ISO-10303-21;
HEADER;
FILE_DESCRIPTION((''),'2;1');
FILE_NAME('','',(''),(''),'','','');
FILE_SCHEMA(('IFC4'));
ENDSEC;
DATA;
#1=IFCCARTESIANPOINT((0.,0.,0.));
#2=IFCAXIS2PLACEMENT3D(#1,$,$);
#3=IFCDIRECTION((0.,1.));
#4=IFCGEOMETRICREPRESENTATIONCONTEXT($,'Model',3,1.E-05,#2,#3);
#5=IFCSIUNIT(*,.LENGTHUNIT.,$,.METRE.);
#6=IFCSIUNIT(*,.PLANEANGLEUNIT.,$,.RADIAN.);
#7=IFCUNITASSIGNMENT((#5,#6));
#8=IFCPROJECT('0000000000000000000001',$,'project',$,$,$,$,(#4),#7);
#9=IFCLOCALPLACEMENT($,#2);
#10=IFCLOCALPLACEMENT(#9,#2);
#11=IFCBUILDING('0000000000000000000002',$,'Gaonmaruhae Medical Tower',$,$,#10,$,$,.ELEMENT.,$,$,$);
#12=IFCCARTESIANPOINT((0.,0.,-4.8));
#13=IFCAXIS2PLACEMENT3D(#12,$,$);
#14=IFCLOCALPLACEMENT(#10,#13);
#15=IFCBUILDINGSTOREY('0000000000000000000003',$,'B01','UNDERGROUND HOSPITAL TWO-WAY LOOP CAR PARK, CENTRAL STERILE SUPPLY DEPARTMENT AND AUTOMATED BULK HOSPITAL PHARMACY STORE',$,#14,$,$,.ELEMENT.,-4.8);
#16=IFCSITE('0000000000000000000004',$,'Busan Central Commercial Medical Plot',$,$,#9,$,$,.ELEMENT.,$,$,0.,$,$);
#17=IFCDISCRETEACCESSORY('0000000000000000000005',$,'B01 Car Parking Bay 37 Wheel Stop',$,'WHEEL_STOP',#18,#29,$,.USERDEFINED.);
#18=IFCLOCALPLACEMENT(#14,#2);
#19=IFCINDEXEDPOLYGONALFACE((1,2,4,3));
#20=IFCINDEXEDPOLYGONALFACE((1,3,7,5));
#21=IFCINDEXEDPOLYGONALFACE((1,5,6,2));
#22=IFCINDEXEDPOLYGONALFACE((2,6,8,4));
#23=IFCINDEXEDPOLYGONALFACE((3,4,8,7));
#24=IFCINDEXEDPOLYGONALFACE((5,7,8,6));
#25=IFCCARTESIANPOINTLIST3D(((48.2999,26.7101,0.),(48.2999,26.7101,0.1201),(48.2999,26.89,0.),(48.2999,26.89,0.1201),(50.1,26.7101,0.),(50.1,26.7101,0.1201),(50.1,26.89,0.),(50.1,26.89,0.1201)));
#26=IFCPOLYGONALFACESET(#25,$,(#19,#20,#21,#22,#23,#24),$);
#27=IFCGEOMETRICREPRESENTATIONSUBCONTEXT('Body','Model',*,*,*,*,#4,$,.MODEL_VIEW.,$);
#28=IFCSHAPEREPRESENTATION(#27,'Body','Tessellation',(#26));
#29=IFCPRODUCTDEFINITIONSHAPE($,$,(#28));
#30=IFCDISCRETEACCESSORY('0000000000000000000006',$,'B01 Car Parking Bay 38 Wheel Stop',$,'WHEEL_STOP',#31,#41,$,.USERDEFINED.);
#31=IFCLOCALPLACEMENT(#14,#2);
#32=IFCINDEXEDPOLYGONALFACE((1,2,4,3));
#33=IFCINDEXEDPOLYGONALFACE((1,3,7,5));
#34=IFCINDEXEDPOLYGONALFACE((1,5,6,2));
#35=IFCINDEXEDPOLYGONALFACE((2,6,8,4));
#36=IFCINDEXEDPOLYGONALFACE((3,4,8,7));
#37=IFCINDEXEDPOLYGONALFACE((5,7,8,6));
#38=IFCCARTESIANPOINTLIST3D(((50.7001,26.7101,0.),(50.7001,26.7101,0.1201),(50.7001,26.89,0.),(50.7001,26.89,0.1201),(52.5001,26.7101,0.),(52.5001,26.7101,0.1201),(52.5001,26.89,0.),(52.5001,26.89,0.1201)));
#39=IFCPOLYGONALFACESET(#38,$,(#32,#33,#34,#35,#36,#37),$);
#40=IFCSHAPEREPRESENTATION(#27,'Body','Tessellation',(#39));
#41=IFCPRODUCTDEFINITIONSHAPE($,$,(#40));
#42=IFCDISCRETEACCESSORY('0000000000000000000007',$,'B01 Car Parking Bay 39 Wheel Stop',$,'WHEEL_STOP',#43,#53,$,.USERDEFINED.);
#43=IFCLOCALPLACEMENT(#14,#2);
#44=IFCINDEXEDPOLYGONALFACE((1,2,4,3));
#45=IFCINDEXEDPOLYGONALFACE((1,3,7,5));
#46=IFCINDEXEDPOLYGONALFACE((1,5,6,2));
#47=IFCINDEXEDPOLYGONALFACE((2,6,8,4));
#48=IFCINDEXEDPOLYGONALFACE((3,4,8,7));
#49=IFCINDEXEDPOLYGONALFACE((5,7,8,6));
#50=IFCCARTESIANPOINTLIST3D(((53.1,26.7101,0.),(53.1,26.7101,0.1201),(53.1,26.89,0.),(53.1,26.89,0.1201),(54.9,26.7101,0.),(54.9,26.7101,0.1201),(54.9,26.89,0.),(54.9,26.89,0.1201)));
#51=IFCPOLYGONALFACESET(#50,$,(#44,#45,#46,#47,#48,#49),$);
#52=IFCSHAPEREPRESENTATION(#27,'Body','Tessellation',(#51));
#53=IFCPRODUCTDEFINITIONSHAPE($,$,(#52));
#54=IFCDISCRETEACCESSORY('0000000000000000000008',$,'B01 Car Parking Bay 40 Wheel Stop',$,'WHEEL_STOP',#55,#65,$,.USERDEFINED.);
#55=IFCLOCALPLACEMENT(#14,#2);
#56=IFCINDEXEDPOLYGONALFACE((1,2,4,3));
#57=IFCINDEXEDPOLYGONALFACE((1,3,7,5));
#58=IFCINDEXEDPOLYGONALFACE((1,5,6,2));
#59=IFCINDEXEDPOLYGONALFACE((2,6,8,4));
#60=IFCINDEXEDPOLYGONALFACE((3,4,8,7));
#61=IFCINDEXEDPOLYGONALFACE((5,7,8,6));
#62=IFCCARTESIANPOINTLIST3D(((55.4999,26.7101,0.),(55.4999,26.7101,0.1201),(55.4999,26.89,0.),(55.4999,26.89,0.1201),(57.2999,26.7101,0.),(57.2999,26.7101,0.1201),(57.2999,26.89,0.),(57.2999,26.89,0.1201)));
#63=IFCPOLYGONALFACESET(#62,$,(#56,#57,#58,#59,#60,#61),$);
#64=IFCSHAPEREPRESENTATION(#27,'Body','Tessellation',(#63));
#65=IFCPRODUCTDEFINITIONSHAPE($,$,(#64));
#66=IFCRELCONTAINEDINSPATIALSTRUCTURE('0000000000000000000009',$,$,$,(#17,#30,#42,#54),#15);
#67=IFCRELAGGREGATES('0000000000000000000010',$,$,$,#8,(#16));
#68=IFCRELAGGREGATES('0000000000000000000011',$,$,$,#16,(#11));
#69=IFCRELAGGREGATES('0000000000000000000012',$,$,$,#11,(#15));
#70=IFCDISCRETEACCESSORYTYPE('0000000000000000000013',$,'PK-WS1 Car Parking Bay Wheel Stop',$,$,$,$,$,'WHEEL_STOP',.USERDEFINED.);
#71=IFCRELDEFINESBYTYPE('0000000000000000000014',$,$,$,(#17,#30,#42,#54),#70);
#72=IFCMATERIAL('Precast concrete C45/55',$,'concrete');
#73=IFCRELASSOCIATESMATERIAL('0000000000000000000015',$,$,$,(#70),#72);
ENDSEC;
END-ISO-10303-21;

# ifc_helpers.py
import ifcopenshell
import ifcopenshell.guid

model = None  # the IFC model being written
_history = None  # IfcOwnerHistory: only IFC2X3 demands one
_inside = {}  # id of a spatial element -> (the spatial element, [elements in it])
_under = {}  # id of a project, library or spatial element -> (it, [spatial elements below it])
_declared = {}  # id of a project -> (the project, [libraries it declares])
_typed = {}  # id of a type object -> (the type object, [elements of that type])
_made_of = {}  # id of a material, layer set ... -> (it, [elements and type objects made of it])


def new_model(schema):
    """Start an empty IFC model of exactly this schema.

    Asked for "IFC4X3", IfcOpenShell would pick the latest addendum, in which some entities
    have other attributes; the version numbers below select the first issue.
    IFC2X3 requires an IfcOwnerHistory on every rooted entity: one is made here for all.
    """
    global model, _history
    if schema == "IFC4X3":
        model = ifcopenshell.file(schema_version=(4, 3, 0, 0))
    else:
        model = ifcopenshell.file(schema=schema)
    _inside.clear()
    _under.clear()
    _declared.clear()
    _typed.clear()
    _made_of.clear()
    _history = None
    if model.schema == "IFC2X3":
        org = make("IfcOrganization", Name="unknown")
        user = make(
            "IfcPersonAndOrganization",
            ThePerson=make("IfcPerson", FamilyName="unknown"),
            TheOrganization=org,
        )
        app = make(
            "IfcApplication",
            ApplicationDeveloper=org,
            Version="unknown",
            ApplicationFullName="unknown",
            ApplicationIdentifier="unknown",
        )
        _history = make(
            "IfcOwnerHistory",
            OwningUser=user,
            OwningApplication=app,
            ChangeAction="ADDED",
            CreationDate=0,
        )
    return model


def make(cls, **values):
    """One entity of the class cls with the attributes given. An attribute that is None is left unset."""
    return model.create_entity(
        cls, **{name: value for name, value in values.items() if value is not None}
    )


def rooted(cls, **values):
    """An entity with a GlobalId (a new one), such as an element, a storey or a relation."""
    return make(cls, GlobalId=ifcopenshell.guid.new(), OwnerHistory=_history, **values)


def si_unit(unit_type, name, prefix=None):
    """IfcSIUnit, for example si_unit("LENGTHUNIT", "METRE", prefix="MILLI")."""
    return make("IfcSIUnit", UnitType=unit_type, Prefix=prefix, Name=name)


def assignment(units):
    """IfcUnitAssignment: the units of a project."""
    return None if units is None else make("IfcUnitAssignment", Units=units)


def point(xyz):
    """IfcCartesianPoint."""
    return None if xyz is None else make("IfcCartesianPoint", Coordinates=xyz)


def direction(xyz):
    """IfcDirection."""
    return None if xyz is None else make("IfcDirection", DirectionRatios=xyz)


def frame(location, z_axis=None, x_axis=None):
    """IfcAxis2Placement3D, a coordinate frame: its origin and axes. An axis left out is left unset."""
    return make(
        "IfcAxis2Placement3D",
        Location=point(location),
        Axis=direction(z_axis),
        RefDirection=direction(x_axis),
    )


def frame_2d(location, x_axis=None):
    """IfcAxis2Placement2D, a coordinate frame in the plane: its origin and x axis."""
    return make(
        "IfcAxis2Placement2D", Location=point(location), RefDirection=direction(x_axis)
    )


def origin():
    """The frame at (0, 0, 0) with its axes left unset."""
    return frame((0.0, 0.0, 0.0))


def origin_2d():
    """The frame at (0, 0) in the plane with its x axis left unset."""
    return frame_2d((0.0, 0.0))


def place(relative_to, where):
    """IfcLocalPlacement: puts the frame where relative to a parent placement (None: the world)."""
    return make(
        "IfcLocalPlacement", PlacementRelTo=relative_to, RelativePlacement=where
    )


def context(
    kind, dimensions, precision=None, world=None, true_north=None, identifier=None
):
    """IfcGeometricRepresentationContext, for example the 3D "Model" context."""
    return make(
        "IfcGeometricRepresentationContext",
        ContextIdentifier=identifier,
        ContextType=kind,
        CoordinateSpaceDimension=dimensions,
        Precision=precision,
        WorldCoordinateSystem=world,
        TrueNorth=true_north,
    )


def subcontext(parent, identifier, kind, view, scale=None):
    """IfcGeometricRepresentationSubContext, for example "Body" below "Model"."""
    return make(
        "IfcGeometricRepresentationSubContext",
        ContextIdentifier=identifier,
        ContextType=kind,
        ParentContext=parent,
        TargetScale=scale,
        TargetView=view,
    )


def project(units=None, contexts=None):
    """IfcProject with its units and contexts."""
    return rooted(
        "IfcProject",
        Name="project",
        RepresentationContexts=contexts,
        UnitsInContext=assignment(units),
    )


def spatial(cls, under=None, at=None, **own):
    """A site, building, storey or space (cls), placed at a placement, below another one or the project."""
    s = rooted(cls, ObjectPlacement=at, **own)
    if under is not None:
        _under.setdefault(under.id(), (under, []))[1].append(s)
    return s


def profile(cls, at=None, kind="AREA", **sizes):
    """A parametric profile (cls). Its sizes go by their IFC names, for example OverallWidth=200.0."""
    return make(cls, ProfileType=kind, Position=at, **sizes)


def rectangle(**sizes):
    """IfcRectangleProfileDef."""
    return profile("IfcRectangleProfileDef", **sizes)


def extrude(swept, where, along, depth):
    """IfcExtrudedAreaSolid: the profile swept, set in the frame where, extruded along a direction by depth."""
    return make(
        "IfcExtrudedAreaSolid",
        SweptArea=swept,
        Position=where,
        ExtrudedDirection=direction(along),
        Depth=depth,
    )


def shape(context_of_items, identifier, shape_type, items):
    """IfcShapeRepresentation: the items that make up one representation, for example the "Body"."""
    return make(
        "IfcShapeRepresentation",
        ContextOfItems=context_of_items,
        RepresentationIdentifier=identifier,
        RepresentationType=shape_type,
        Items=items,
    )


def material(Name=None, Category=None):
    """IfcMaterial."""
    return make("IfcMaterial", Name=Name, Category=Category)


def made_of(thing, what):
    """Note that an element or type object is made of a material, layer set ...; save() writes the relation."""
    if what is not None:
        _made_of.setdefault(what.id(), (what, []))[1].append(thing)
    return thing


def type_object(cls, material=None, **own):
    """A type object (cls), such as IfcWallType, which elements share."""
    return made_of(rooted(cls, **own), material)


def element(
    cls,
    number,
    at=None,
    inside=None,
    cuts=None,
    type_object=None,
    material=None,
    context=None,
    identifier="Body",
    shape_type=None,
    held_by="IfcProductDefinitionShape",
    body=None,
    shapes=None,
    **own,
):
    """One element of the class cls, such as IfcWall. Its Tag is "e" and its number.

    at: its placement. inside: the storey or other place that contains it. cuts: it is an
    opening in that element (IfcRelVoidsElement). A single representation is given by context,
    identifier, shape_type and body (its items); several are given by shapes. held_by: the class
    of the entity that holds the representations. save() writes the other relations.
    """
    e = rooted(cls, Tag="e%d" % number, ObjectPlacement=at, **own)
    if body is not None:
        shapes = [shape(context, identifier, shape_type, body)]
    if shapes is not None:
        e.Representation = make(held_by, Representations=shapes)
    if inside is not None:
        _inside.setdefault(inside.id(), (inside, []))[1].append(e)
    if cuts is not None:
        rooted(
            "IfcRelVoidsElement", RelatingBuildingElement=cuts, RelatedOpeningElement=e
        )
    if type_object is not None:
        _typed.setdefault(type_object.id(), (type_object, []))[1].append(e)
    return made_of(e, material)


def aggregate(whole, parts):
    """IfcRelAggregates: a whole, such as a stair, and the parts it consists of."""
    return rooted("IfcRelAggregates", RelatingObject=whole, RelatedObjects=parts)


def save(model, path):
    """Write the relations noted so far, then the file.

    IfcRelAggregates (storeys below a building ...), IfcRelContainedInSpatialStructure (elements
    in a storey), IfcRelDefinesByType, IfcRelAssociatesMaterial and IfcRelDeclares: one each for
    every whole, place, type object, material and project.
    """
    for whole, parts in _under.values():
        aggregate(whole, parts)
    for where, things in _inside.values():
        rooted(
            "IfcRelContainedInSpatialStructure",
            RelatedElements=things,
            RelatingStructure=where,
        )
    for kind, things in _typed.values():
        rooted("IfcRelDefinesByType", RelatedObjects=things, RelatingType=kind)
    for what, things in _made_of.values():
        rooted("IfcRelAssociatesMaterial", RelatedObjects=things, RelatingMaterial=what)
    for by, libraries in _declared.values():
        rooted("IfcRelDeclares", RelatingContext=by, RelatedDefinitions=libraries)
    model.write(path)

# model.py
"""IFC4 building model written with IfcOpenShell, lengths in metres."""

from ifc_helpers import new_model, si_unit, direction, frame, origin, origin_2d, place, context, subcontext, project, spatial, rectangle, extrude, material, type_object, element, save


model = new_model("IFC4")

# Units and contexts
model_context = context("Model", 3, precision=1e-05, world=origin(), true_north=direction((0.0, 1.0)))
body_context = subcontext(model_context, "Body", "Model", "MODEL_VIEW")
ifc_project = project(units=[si_unit("LENGTHUNIT", "METRE"), si_unit("PLANEANGLEUNIT", "RADIAN")], contexts=[model_context])

# Site, building, storey
site_placement = place(None, origin())
site = spatial("IfcSite", under=ifc_project, at=site_placement, Name="Busan Central Commercial Medical Plot", CompositionType="ELEMENT", RefElevation=0.0)
building_placement = place(site_placement, origin())
building = spatial("IfcBuilding", under=site, at=building_placement, Name="Gaonmaruhae Medical Tower", CompositionType="ELEMENT")
storey_placement = place(building_placement, frame((0.0, 0.0, -4.8)))
storey = spatial("IfcBuildingStorey", under=building, at=storey_placement, Name="B01", Description="UNDERGROUND HOSPITAL TWO-WAY LOOP CAR PARK, CENTRAL STERILE SUPPLY DEPARTMENT AND AUTOMATED BULK HOSPITAL PHARMACY STORE", CompositionType="ELEMENT", Elevation=-4.8)

# Discrete accessories
ifc_material_1 = material(Name="Precast concrete C45/55", Category="concrete")
discrete_accessory_type = type_object("IfcDiscreteAccessoryType", Name="PK-WS1 Car Parking Bay Wheel Stop", ElementType="WHEEL_STOP", PredefinedType="USERDEFINED", material=ifc_material_1)
for number, where, z_axis, x_axis, name in (
    (1, (49.2, 26.8, 0.0), (0.0, 0.0, 1.0), (1.0, 0.0, 0.0), "B01 Car Parking Bay 37 Wheel Stop"),
    (2, (51.6001, 26.8, 0.0), (0.0, 0.0, 1.0), (1.0, 0.0, 0.0), "B01 Car Parking Bay 38 Wheel Stop"),
    (3, (54.0, 26.8, 0.0), (0.0, 0.0, 1.0), (1.0, 0.0, 0.0), "B01 Car Parking Bay 39 Wheel Stop"),
    (4, (56.3999, 26.8, 0.0), (0.0, 0.0, 1.0), (1.0, 0.0, 0.0), "B01 Car Parking Bay 40 Wheel Stop"),
):
    element("IfcDiscreteAccessory", number, at=place(storey_placement, frame(where, z_axis=z_axis, x_axis=x_axis)), inside=storey, type_object=discrete_accessory_type, Name=name, ObjectType="WHEEL_STOP", PredefinedType="USERDEFINED", context=body_context, shape_type="SweptSolid", body=[
        extrude(rectangle(XDim=1.8, YDim=0.1799, at=origin_2d()), origin(), (0.0, 0.0, 1.0), 0.1201),
    ])

save(model, "model.ifc")
